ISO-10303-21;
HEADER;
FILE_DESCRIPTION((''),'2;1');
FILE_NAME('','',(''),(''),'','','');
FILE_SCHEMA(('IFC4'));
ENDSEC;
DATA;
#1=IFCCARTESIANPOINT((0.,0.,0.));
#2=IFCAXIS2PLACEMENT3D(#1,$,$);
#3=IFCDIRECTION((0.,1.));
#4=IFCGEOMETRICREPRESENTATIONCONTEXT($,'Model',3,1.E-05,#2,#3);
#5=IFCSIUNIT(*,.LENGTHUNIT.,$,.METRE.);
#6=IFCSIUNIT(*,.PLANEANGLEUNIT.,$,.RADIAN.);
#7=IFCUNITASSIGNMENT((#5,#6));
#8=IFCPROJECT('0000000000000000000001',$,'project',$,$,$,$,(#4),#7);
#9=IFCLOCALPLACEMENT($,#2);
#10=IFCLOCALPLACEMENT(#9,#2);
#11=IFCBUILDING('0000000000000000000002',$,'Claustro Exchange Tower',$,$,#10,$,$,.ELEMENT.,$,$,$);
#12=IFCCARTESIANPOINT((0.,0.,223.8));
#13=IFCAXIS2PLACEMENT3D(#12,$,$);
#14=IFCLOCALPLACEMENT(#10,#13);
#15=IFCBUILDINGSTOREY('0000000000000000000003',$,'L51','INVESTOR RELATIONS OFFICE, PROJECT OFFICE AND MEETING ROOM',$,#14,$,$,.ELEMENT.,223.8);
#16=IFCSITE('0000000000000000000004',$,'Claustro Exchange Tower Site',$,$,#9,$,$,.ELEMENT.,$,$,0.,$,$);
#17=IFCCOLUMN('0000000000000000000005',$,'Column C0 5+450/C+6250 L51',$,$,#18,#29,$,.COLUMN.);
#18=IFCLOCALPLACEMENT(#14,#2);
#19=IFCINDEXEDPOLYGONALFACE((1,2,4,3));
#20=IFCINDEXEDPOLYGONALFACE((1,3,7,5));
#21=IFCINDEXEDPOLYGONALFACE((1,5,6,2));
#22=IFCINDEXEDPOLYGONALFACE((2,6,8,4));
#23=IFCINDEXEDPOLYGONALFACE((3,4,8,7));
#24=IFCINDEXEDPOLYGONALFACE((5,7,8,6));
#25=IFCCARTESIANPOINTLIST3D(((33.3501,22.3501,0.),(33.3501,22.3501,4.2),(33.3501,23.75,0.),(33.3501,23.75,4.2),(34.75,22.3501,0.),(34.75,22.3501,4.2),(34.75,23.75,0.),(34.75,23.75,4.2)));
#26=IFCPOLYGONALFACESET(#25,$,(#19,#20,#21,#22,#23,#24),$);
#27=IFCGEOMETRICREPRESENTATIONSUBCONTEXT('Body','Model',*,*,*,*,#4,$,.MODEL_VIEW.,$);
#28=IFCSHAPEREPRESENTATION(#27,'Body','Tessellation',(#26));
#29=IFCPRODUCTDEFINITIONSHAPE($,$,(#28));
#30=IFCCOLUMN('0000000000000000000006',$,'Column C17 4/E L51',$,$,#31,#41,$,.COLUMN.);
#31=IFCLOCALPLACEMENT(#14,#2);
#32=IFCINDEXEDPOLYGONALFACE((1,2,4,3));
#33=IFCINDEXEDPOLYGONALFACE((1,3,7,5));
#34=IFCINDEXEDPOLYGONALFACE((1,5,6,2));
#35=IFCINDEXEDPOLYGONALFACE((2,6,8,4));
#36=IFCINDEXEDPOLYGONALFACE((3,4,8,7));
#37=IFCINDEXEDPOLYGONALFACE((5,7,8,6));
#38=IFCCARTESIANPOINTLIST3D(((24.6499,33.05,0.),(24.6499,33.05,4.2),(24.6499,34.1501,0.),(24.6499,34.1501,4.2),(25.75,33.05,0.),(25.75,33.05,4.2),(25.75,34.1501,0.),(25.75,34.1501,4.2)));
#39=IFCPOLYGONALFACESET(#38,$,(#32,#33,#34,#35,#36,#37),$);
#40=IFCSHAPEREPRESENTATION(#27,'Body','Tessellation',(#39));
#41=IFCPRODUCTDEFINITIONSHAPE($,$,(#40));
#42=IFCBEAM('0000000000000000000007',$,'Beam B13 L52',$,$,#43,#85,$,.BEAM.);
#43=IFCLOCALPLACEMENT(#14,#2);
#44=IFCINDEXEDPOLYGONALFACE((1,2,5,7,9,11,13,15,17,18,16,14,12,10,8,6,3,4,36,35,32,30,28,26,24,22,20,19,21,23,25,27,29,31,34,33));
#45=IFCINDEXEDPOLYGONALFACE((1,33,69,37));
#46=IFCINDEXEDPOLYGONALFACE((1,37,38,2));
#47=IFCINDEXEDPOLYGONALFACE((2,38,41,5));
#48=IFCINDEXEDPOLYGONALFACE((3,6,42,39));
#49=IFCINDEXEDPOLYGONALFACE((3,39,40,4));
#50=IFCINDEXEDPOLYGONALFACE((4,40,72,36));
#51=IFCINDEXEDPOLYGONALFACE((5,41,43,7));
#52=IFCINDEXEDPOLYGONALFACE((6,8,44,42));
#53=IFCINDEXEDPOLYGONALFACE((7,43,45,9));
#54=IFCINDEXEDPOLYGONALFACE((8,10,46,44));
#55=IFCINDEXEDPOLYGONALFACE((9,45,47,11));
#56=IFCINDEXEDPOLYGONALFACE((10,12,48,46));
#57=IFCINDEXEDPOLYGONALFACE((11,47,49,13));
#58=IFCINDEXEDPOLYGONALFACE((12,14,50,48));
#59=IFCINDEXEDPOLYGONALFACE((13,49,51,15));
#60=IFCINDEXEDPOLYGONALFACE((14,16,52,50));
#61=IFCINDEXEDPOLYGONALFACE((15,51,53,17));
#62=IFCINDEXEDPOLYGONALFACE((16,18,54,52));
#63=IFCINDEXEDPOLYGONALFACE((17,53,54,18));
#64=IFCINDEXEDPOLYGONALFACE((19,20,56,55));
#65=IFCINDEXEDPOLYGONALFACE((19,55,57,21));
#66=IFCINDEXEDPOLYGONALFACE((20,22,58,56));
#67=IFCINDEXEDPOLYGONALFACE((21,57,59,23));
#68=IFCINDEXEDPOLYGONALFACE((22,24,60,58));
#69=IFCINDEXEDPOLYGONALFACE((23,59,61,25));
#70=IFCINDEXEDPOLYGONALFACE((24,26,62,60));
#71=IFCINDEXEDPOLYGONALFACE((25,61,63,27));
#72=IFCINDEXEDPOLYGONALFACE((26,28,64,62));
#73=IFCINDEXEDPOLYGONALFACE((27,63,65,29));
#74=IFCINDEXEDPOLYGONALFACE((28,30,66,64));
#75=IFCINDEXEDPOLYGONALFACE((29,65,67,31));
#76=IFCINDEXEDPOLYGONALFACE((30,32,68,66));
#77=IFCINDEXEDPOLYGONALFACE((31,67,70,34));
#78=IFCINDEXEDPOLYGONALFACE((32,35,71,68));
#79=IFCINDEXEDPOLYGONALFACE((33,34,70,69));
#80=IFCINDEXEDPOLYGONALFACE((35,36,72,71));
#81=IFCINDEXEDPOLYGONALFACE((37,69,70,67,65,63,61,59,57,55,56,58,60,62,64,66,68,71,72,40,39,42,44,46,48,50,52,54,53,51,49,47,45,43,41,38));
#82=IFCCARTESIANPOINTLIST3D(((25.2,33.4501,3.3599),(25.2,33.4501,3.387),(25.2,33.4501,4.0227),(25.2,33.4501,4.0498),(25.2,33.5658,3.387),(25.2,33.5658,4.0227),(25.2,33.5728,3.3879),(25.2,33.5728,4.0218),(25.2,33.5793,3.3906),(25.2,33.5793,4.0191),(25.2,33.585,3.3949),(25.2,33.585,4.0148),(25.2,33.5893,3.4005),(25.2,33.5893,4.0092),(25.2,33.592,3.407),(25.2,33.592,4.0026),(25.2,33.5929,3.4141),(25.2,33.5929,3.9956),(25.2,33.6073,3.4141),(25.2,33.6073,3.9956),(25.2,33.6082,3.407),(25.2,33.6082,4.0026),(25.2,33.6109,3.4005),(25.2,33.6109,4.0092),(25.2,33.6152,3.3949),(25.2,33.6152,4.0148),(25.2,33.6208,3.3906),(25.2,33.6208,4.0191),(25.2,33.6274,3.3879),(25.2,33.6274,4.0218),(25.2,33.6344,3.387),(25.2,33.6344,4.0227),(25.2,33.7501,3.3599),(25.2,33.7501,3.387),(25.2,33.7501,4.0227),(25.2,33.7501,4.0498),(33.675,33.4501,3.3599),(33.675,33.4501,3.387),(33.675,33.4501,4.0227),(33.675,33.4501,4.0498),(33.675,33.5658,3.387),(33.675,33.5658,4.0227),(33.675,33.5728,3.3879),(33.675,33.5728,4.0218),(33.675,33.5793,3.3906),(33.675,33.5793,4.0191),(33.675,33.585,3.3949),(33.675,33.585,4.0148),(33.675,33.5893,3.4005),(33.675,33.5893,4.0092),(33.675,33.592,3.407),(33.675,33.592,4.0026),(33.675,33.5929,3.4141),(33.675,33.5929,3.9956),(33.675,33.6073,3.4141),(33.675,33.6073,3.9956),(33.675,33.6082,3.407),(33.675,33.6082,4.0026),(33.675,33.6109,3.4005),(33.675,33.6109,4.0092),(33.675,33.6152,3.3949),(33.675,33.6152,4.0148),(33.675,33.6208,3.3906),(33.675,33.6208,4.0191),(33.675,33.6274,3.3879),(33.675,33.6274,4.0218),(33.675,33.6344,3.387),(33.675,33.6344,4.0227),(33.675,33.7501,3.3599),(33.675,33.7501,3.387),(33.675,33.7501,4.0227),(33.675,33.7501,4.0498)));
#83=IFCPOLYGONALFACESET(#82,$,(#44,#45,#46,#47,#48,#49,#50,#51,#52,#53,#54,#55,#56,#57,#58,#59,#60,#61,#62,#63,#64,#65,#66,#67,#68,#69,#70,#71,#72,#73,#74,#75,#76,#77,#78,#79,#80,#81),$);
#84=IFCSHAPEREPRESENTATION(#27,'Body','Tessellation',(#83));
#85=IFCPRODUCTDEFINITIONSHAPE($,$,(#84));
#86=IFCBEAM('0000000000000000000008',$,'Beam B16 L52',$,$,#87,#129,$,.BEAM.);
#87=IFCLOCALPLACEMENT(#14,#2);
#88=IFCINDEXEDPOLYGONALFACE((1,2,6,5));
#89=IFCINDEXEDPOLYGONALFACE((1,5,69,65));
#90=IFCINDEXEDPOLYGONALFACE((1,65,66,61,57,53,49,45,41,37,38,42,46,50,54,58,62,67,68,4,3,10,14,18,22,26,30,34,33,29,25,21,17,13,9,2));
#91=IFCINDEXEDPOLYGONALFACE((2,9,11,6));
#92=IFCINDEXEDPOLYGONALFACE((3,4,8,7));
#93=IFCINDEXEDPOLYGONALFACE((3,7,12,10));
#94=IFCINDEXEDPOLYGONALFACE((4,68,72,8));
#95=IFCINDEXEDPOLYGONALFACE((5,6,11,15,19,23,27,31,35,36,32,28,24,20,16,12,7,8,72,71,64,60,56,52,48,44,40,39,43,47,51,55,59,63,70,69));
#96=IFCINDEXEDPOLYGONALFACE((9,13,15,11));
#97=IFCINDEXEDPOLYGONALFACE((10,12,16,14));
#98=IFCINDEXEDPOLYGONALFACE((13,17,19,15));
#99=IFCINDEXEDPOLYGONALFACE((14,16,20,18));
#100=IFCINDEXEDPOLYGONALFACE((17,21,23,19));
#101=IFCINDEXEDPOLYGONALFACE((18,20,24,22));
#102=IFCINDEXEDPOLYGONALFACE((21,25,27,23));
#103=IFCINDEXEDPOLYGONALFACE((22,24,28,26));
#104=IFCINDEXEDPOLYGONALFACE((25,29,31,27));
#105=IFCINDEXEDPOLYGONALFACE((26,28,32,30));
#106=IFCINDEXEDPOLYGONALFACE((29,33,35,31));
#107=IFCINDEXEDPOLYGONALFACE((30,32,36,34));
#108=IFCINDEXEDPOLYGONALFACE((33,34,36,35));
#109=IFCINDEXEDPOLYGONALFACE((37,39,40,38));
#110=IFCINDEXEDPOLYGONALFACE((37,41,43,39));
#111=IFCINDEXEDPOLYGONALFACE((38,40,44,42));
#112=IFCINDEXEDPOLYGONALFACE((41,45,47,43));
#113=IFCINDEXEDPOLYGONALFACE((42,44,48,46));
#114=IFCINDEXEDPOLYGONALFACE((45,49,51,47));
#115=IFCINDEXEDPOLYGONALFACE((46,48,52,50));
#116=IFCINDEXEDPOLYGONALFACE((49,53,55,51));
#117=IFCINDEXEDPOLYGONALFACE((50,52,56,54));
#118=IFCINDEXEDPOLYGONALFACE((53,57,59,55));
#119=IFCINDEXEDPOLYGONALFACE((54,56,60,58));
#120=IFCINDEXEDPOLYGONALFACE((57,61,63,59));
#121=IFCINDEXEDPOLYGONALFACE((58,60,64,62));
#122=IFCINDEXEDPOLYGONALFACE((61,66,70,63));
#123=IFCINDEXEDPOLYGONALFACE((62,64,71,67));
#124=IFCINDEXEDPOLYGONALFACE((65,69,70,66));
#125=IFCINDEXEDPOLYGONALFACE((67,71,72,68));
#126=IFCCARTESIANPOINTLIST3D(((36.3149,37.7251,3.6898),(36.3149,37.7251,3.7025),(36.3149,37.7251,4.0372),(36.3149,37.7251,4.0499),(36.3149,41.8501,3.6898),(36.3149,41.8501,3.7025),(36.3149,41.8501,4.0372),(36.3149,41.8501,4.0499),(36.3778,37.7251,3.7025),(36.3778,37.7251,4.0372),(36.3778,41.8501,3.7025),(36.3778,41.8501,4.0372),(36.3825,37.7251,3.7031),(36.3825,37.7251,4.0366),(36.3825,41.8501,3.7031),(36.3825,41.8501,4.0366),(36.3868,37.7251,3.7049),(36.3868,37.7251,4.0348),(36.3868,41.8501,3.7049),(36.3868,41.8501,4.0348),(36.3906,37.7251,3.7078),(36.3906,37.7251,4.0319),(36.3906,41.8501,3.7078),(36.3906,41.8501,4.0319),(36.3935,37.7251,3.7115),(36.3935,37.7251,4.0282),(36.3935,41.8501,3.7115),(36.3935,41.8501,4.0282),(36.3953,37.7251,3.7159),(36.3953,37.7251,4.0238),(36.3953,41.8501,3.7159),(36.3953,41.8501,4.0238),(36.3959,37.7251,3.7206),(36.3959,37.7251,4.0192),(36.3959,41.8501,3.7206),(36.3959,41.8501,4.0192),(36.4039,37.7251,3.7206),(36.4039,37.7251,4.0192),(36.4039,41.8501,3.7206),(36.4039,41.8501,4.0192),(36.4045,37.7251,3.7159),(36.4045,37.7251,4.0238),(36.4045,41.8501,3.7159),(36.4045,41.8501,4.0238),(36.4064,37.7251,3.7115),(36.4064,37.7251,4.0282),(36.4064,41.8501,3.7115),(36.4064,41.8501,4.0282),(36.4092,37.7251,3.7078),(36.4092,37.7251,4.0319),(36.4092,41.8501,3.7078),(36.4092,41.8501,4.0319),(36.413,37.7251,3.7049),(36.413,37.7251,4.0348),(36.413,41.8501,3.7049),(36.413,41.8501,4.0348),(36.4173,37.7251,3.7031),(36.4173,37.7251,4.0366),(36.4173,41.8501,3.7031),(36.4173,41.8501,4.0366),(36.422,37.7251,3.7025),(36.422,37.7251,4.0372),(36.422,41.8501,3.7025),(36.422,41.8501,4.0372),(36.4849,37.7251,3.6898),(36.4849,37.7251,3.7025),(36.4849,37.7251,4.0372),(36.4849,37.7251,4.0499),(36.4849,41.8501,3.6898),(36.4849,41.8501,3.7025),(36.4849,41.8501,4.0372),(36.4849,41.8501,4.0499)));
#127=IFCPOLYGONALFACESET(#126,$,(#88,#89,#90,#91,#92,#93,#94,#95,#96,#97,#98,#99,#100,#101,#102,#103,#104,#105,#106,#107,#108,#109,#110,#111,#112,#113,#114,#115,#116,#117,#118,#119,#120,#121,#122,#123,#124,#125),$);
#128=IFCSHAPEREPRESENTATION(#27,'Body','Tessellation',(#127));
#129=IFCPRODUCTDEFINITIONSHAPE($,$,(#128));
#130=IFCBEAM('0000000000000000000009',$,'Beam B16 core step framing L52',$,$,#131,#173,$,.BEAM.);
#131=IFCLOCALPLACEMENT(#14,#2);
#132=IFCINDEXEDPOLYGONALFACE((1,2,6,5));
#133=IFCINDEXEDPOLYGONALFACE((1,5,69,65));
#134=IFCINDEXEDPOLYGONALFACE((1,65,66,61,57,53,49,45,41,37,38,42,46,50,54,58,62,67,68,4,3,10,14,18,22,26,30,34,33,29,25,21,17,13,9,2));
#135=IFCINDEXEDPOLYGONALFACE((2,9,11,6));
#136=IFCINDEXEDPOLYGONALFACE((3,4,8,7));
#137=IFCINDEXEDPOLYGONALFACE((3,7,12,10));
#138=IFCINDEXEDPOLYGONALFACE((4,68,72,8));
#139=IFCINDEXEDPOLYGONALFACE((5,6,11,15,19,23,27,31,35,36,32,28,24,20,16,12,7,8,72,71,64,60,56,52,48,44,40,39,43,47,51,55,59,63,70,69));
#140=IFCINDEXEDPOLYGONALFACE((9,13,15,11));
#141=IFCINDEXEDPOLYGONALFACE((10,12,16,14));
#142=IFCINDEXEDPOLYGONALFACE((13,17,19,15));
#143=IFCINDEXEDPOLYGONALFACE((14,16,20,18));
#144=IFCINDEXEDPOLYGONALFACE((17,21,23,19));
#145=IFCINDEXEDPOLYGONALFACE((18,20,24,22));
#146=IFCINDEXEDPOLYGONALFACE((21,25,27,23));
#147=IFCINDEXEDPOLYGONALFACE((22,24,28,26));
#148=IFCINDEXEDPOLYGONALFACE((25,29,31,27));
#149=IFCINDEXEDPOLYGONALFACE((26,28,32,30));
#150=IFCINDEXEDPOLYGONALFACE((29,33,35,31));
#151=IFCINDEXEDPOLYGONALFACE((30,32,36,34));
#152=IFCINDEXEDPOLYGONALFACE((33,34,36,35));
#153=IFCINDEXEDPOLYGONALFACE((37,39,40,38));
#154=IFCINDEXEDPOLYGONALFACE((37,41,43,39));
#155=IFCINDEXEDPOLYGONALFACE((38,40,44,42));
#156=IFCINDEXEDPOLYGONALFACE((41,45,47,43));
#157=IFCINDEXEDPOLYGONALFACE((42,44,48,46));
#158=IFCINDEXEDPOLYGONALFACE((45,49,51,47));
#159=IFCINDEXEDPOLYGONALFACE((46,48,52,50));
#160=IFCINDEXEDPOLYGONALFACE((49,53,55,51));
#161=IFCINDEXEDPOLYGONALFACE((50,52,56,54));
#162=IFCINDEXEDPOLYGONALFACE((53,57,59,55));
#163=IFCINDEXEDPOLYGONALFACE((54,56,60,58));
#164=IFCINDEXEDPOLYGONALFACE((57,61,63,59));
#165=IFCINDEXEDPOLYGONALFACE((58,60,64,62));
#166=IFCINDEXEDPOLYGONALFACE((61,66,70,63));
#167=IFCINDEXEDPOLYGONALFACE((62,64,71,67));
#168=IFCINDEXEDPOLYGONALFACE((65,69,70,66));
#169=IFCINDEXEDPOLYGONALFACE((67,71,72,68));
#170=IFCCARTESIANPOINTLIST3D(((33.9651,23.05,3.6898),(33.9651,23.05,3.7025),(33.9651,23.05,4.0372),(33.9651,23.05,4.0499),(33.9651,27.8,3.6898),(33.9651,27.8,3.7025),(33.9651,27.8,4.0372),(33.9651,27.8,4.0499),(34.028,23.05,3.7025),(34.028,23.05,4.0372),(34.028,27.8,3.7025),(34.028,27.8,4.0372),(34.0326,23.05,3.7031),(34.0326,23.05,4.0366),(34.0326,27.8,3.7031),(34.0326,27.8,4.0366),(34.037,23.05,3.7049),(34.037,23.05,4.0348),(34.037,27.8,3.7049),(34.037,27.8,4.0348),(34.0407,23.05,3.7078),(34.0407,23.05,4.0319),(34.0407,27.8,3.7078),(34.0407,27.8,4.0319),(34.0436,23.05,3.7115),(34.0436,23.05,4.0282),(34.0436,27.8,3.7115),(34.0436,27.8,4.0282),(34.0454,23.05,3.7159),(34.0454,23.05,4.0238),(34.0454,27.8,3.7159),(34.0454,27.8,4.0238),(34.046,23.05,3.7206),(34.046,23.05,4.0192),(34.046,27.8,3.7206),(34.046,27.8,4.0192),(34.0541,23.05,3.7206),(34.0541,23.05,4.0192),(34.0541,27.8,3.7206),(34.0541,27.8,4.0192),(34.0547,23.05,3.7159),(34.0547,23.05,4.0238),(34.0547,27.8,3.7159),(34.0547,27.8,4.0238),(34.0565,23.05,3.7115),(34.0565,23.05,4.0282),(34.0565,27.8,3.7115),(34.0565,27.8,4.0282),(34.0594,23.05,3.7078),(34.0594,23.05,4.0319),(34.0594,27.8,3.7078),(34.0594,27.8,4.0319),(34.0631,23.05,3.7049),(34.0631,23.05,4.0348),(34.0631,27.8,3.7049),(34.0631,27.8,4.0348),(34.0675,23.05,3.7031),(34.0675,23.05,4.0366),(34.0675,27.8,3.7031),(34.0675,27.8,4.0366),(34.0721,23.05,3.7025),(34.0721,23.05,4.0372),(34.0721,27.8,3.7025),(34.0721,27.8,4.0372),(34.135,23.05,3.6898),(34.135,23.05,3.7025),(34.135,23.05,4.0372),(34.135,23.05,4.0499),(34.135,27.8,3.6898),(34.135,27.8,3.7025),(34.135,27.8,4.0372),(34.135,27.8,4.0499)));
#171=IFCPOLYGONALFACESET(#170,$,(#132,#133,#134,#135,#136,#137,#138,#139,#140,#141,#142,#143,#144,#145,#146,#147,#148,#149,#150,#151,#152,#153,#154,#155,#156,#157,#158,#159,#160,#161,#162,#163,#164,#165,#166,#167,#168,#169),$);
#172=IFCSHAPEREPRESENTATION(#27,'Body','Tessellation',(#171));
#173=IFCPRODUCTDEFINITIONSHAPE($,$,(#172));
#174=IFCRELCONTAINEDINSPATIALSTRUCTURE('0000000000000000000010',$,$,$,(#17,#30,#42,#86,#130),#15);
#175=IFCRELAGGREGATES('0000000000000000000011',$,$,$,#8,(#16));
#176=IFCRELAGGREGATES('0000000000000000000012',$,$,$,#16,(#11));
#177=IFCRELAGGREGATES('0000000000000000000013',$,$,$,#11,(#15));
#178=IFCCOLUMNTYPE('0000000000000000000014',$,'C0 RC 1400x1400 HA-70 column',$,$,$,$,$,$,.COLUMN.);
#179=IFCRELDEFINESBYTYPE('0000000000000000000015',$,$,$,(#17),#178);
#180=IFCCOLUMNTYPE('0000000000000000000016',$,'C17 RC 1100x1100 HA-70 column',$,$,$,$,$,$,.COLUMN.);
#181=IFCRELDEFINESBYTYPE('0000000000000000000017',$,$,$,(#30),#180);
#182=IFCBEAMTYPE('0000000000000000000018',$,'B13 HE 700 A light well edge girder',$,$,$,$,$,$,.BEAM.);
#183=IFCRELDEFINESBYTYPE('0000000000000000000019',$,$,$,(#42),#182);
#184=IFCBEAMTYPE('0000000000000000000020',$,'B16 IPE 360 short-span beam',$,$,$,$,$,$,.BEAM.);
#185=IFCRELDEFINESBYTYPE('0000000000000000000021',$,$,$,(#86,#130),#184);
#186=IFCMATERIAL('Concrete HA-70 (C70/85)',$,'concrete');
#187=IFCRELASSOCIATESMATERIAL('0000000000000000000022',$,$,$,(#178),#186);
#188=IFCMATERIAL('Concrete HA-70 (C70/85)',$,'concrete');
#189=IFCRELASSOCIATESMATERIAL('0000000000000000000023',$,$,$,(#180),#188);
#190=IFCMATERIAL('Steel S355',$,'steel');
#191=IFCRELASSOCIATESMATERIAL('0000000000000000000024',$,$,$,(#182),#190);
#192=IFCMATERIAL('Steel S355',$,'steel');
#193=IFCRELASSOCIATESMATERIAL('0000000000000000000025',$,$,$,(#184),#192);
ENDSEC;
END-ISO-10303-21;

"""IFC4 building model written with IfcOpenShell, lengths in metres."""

from ifc_helpers import new_model, si_unit, direction, frame, origin, origin_2d, place, context, subcontext, project, spatial, rectangle, i_section, extrude, material, material_profile, profile_set, type_object, element, save


model = new_model("IFC4")

# Units and contexts
model_context = context("Model", 3, precision=1e-05, world=origin(), true_north=direction((0.0, 1.0)))
body_context = subcontext(model_context, "Body", "Model", "MODEL_VIEW")
ifc_project = project(units=[si_unit("LENGTHUNIT", "METRE"), si_unit("PLANEANGLEUNIT", "RADIAN")], contexts=[model_context])

# Site, building, storey
site_placement = place(None, origin())
site = spatial("IfcSite", under=ifc_project, at=site_placement, Name="Claustro Exchange Tower Site", CompositionType="ELEMENT", RefElevation=0.0)
building_placement = place(site_placement, origin())
building = spatial("IfcBuilding", under=site, at=building_placement, Name="Claustro Exchange Tower", CompositionType="ELEMENT")
storey_placement = place(building_placement, frame((0.0, 0.0, 223.8)))
storey = spatial("IfcBuildingStorey", under=building, at=storey_placement, Name="L51", Description="INVESTOR RELATIONS OFFICE, PROJECT OFFICE AND MEETING ROOM", CompositionType="ELEMENT", Elevation=223.8)

# Columns
ifc_material_1 = material(Name="Concrete HA-70 (C70/85)", Category="concrete")
ifc_material_profile_1 = material_profile(ifc_material_1, rectangle(XDim=1.3999, YDim=1.3999, at=origin_2d()), Name="RC 1400x1400")
ifc_profile_set_1 = profile_set([ifc_material_profile_1], Name="Concrete HA-70 (C70/85)")
column_type_1 = type_object("IfcColumnType", Name="C0 RC 1400x1400 HA-70 column", PredefinedType="COLUMN", material=ifc_profile_set_1)
column_1_placement = place(storey_placement, frame((34.05, 23.05, 0.0), z_axis=(0.0, 0.0, 1.0), x_axis=(1.0, 0.0, 0.0)))
element("IfcColumn", 1, at=column_1_placement, inside=storey, type_object=column_type_1, Name="Column C0 5+450/C+6250 L51", PredefinedType="COLUMN", context=body_context, shape_type="SweptSolid", body=[
    extrude(rectangle(XDim=1.3999, YDim=1.3999, at=origin_2d()), origin(), (0.0, 0.0, 1.0), 4.2),
])
ifc_material_2 = material(Name="Concrete HA-70 (C70/85)", Category="concrete")
ifc_material_profile_2 = material_profile(ifc_material_2, rectangle(XDim=1.1001, YDim=1.1001, at=origin_2d()), Name="RC 1100x1100")
ifc_profile_set_2 = profile_set([ifc_material_profile_2], Name="Concrete HA-70 (C70/85)")
column_type_2 = type_object("IfcColumnType", Name="C17 RC 1100x1100 HA-70 column", PredefinedType="COLUMN", material=ifc_profile_set_2)
column_2_placement = place(storey_placement, frame((25.2, 33.6001, 0.0), z_axis=(0.0, 0.0, 1.0), x_axis=(1.0, 0.0, 0.0)))
element("IfcColumn", 2, at=column_2_placement, inside=storey, type_object=column_type_2, Name="Column C17 4/E L51", PredefinedType="COLUMN", context=body_context, shape_type="SweptSolid", body=[
    extrude(rectangle(XDim=1.1001, YDim=1.1001, at=origin_2d()), origin(), (0.0, 0.0, 1.0), 4.2),
])

# Beams
ifc_material_3 = material(Name="Steel S355", Category="steel")
ifc_material_profile_3 = material_profile(ifc_material_3, i_section(OverallWidth=0.3, OverallDepth=0.6899, WebThickness=0.0144, FlangeThickness=0.0271, FilletRadius=0.0271, at=origin_2d()), Name="HE 700 A")
ifc_profile_set_3 = profile_set([ifc_material_profile_3], Name="Steel S355")
beam_type_1 = type_object("IfcBeamType", Name="B13 HE 700 A light well edge girder", PredefinedType="BEAM", material=ifc_profile_set_3)
beam_1_placement = place(storey_placement, frame((25.2, 33.6001, 3.7048), z_axis=(1.0, 0.0, 0.0), x_axis=(0.0, 1.0, 0.0)))
element("IfcBeam", 3, at=beam_1_placement, inside=storey, type_object=beam_type_1, Name="Beam B13 L52", PredefinedType="BEAM", context=body_context, shape_type="SweptSolid", body=[
    extrude(i_section(OverallWidth=0.3, OverallDepth=0.6899, WebThickness=0.0144, FlangeThickness=0.0271, FilletRadius=0.0271, at=origin_2d()), origin(), (0.0, 0.0, 1.0), 8.4751),
])
ifc_material_4 = material(Name="Steel S355", Category="steel")
ifc_material_profile_4 = material_profile(ifc_material_4, i_section(OverallWidth=0.1699, OverallDepth=0.3601, WebThickness=0.0081, FlangeThickness=0.0127, FilletRadius=0.0181, at=origin_2d()), Name="IPE 360")
ifc_profile_set_4 = profile_set([ifc_material_profile_4], Name="Steel S355")
beam_type_2 = type_object("IfcBeamType", Name="B16 IPE 360 short-span beam", PredefinedType="BEAM", material=ifc_profile_set_4)
beam_2_placement = place(storey_placement, frame((36.3999, 37.7251, 3.8699), z_axis=(0.0, 1.0, 0.0), x_axis=(-1.0, 0.0, 0.0)))
element("IfcBeam", 4, at=beam_2_placement, inside=storey, type_object=beam_type_2, Name="Beam B16 L52", PredefinedType="BEAM", context=body_context, shape_type="SweptSolid", body=[
    extrude(i_section(OverallWidth=0.1699, OverallDepth=0.3601, WebThickness=0.0081, FlangeThickness=0.0127, FilletRadius=0.0181, at=origin_2d()), origin(), (0.0, 0.0, 1.0), 4.125),
])
beam_3_placement = place(storey_placement, frame((34.05, 23.05, 3.8699), z_axis=(0.0, 1.0, 0.0), x_axis=(-1.0, 0.0, 0.0)))
element("IfcBeam", 5, at=beam_3_placement, inside=storey, type_object=beam_type_2, Name="Beam B16 core step framing L52", PredefinedType="BEAM", context=body_context, shape_type="SweptSolid", body=[
    extrude(i_section(OverallWidth=0.1699, OverallDepth=0.3601, WebThickness=0.0081, FlangeThickness=0.0127, FilletRadius=0.0181, at=origin_2d()), origin(), (0.0, 0.0, 1.0), 4.75),
])

save(model, "model.ifc")
